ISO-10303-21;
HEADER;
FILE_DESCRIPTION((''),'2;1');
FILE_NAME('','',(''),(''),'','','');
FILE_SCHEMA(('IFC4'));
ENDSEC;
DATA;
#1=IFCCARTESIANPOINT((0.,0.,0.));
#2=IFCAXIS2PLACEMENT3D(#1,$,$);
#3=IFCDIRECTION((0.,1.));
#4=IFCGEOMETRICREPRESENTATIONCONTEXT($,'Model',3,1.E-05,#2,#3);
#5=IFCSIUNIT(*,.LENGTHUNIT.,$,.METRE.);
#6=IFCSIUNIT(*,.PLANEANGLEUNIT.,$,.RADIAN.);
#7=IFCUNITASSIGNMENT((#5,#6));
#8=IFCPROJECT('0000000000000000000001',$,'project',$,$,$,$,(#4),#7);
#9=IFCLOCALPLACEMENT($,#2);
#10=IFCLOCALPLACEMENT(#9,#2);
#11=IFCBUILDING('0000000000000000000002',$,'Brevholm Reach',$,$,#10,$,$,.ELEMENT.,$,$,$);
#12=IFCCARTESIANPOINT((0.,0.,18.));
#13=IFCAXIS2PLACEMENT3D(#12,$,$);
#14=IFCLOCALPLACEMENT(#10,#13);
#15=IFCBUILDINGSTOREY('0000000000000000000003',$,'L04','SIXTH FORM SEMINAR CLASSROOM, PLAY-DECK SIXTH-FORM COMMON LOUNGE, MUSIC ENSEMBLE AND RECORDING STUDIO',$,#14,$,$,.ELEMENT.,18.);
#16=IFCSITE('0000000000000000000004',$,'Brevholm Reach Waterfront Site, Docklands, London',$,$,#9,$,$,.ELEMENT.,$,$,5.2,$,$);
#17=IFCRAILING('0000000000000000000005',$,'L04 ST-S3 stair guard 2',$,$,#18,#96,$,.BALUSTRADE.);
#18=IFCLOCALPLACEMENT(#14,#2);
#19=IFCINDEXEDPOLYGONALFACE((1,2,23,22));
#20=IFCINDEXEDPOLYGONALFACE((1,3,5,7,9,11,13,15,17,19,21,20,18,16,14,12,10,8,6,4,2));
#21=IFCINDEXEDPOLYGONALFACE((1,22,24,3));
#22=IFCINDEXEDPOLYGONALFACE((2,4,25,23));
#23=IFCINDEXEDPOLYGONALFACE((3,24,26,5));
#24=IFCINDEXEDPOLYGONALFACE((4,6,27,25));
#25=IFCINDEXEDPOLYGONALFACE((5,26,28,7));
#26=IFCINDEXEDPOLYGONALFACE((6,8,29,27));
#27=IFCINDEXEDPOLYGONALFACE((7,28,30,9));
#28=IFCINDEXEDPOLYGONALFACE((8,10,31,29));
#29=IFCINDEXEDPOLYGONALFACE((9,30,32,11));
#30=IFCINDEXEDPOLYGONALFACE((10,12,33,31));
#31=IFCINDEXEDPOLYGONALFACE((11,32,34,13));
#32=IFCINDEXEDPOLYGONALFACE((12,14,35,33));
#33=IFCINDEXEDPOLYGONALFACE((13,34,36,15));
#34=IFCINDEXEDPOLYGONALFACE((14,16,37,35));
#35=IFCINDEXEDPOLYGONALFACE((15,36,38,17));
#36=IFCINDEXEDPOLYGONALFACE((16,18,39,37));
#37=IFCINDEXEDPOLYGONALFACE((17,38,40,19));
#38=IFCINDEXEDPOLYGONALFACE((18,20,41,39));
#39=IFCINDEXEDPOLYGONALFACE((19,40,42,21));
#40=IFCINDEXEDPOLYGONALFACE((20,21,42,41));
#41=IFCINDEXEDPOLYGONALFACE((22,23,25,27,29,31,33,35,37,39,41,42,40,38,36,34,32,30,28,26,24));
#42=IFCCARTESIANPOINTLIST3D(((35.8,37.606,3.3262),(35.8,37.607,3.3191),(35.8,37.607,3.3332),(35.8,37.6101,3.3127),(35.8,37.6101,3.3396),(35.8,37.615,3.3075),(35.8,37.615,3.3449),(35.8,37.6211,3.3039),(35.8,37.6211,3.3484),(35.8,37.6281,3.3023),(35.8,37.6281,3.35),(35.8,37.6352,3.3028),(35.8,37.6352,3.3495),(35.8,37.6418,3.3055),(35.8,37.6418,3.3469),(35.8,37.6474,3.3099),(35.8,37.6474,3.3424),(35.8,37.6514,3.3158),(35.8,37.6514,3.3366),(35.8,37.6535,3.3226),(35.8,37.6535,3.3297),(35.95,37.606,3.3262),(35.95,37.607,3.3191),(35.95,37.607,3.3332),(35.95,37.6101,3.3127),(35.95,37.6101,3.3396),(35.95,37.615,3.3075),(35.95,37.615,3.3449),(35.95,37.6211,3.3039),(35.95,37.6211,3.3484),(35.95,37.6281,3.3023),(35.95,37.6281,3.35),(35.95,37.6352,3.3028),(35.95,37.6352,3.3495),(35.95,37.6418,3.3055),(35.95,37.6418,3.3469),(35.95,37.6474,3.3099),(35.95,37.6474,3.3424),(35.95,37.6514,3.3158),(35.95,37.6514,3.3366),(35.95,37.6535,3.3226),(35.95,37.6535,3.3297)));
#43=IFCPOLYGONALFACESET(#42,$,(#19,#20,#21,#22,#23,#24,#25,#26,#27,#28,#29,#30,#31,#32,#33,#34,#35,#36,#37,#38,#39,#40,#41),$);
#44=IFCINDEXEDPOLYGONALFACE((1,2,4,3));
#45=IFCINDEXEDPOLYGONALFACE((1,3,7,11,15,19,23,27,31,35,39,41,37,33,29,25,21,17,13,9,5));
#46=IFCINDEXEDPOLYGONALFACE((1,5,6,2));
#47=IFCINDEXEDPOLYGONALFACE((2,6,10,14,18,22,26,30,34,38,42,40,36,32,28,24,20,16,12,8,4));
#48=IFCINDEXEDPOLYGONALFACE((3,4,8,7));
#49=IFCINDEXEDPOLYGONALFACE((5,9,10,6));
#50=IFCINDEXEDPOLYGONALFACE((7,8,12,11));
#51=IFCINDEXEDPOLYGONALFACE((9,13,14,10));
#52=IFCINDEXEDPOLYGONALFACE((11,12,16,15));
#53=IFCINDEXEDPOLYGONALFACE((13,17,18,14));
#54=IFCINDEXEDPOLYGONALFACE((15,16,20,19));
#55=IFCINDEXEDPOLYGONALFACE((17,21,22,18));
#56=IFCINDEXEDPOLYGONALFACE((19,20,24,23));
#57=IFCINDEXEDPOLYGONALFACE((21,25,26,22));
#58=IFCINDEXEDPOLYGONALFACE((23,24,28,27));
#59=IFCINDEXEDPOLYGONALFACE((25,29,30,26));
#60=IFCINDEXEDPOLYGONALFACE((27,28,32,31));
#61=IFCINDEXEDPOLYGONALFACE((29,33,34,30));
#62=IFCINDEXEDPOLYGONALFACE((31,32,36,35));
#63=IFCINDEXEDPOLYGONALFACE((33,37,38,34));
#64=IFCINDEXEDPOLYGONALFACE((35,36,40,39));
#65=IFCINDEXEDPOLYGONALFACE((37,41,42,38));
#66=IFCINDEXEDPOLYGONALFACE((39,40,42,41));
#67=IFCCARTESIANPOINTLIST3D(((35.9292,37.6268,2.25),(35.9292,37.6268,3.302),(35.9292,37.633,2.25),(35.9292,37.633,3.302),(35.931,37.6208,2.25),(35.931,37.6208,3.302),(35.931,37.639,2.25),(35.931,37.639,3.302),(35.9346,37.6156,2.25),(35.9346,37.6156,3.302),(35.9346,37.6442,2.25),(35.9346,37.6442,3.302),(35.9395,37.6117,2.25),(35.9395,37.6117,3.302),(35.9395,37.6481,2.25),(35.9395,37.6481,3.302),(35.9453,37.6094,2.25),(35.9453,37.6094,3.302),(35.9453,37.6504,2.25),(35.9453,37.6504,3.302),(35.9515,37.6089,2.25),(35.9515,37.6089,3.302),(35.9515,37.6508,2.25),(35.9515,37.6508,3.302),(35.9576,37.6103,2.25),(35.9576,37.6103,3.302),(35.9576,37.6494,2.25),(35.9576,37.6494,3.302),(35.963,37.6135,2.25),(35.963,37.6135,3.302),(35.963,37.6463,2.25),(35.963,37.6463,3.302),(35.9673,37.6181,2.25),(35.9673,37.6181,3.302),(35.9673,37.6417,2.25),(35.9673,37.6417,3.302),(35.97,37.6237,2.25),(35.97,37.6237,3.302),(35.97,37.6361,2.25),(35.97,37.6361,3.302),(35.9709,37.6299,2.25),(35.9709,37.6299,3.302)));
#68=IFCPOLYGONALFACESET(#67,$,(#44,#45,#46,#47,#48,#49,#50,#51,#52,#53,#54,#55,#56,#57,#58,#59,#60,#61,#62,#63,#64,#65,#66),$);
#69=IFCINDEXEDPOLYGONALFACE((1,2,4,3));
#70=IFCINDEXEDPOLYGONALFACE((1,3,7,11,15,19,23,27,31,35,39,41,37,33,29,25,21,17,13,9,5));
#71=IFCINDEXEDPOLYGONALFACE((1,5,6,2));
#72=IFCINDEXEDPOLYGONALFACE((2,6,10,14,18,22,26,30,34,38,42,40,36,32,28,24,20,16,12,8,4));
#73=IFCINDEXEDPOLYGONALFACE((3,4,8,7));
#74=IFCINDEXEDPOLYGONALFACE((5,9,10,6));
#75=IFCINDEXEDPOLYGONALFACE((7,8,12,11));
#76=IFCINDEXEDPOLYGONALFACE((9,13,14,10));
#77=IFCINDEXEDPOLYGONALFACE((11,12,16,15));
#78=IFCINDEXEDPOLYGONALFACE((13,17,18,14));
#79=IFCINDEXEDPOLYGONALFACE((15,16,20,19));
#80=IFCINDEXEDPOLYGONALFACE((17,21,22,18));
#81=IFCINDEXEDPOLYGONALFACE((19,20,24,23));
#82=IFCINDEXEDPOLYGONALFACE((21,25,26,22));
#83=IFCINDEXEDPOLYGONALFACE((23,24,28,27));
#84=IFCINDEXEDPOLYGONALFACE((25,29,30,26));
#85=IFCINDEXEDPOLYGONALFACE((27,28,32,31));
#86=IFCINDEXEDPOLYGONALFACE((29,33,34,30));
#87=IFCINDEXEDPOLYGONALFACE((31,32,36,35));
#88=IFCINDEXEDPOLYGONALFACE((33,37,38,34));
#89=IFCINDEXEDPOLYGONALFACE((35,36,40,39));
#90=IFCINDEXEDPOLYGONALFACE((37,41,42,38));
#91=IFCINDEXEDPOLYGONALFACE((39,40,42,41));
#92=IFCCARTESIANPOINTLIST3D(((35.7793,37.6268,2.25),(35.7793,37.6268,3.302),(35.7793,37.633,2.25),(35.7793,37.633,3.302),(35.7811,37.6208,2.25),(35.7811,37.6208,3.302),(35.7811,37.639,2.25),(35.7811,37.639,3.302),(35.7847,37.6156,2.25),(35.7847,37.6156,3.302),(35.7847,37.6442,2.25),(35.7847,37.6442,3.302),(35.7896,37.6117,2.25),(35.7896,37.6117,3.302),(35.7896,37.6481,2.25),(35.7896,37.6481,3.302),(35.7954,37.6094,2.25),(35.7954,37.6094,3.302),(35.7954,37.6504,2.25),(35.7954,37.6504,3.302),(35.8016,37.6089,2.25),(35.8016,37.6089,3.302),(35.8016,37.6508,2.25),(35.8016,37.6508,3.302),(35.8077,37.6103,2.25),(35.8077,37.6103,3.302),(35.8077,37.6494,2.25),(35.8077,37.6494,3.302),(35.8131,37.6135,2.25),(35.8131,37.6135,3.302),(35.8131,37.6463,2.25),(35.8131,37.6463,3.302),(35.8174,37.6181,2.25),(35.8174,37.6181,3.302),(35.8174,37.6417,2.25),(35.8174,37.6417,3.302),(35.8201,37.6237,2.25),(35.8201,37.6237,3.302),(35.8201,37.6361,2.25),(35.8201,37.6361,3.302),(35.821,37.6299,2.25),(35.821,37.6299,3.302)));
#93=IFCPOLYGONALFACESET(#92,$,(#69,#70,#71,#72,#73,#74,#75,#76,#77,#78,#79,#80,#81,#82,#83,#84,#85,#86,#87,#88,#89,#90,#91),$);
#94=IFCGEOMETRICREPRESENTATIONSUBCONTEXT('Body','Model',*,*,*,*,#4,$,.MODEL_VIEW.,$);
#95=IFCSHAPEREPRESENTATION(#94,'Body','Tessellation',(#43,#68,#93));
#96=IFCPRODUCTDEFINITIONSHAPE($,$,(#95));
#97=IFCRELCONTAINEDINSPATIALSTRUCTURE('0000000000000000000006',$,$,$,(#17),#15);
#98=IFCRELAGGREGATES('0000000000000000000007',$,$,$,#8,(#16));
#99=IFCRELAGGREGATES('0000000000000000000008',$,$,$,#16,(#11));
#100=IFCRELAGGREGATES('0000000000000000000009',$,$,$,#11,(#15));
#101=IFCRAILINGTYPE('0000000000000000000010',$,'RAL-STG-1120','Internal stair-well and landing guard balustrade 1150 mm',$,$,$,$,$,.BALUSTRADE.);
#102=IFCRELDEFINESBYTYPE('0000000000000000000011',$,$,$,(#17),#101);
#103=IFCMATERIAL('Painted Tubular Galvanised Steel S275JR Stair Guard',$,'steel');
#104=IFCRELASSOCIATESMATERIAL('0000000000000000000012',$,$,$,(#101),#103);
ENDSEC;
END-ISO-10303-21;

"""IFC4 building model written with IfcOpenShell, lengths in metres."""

from ifc_helpers import new_model, si_unit, direction, frame, origin, origin_2d, place, context, subcontext, project, spatial, circle, extrude, material, type_object, element, save


model = new_model("IFC4")

# Units and contexts
model_context = context("Model", 3, precision=1e-05, world=origin(), true_north=direction((0.0, 1.0)))
body_context = subcontext(model_context, "Body", "Model", "MODEL_VIEW")
ifc_project = project(units=[si_unit("LENGTHUNIT", "METRE"), si_unit("PLANEANGLEUNIT", "RADIAN")], contexts=[model_context])

# Site, building, storey
site_placement = place(None, origin())
site = spatial("IfcSite", under=ifc_project, at=site_placement, Name="Brevholm Reach Waterfront Site, Docklands, London", CompositionType="ELEMENT", RefElevation=5.2)
building_placement = place(site_placement, origin())
building = spatial("IfcBuilding", under=site, at=building_placement, Name="Brevholm Reach", CompositionType="ELEMENT")
storey_placement = place(building_placement, frame((0.0, 0.0, 18.0)))
storey = spatial("IfcBuildingStorey", under=building, at=storey_placement, Name="L04", Description="SIXTH FORM SEMINAR CLASSROOM, PLAY-DECK SIXTH-FORM COMMON LOUNGE, MUSIC ENSEMBLE AND RECORDING STUDIO", CompositionType="ELEMENT", Elevation=18.0)

# Railing
ifc_material_1 = material(Name="Painted Tubular Galvanised Steel S275JR Stair Guard", Category="steel")
railing_type_1 = type_object("IfcRailingType", Name="RAL-STG-1120", Description="Internal stair-well and landing guard balustrade 1150 mm", PredefinedType="BALUSTRADE", material=ifc_material_1)
railing_1_placement = place(storey_placement, frame((35.95, 37.6299, 2.25)))
element("IfcRailing", 1, at=railing_1_placement, inside=storey, type_object=railing_type_1, Name="L04 ST-S3 stair guard 2", PredefinedType="BALUSTRADE", context=body_context, shape_type="SweptSolid", body=[
    extrude(circle(Radius=0.0239, at=origin_2d()), frame((0.0, 0.0, 1.0762), z_axis=(-1.0, 0.0, 0.0), x_axis=(0.0, -1.0, 0.0)), (0.0, 0.0, 1.0), 0.1499),
    extrude(circle(Radius=0.021, at=origin_2d()), origin(), (0.0, 0.0, 1.0), 1.052),
    extrude(circle(Radius=0.021, at=origin_2d()), frame((-0.1499, 0.0, 0.0)), (0.0, 0.0, 1.0), 1.052),
])

save(model, "model.ifc")
